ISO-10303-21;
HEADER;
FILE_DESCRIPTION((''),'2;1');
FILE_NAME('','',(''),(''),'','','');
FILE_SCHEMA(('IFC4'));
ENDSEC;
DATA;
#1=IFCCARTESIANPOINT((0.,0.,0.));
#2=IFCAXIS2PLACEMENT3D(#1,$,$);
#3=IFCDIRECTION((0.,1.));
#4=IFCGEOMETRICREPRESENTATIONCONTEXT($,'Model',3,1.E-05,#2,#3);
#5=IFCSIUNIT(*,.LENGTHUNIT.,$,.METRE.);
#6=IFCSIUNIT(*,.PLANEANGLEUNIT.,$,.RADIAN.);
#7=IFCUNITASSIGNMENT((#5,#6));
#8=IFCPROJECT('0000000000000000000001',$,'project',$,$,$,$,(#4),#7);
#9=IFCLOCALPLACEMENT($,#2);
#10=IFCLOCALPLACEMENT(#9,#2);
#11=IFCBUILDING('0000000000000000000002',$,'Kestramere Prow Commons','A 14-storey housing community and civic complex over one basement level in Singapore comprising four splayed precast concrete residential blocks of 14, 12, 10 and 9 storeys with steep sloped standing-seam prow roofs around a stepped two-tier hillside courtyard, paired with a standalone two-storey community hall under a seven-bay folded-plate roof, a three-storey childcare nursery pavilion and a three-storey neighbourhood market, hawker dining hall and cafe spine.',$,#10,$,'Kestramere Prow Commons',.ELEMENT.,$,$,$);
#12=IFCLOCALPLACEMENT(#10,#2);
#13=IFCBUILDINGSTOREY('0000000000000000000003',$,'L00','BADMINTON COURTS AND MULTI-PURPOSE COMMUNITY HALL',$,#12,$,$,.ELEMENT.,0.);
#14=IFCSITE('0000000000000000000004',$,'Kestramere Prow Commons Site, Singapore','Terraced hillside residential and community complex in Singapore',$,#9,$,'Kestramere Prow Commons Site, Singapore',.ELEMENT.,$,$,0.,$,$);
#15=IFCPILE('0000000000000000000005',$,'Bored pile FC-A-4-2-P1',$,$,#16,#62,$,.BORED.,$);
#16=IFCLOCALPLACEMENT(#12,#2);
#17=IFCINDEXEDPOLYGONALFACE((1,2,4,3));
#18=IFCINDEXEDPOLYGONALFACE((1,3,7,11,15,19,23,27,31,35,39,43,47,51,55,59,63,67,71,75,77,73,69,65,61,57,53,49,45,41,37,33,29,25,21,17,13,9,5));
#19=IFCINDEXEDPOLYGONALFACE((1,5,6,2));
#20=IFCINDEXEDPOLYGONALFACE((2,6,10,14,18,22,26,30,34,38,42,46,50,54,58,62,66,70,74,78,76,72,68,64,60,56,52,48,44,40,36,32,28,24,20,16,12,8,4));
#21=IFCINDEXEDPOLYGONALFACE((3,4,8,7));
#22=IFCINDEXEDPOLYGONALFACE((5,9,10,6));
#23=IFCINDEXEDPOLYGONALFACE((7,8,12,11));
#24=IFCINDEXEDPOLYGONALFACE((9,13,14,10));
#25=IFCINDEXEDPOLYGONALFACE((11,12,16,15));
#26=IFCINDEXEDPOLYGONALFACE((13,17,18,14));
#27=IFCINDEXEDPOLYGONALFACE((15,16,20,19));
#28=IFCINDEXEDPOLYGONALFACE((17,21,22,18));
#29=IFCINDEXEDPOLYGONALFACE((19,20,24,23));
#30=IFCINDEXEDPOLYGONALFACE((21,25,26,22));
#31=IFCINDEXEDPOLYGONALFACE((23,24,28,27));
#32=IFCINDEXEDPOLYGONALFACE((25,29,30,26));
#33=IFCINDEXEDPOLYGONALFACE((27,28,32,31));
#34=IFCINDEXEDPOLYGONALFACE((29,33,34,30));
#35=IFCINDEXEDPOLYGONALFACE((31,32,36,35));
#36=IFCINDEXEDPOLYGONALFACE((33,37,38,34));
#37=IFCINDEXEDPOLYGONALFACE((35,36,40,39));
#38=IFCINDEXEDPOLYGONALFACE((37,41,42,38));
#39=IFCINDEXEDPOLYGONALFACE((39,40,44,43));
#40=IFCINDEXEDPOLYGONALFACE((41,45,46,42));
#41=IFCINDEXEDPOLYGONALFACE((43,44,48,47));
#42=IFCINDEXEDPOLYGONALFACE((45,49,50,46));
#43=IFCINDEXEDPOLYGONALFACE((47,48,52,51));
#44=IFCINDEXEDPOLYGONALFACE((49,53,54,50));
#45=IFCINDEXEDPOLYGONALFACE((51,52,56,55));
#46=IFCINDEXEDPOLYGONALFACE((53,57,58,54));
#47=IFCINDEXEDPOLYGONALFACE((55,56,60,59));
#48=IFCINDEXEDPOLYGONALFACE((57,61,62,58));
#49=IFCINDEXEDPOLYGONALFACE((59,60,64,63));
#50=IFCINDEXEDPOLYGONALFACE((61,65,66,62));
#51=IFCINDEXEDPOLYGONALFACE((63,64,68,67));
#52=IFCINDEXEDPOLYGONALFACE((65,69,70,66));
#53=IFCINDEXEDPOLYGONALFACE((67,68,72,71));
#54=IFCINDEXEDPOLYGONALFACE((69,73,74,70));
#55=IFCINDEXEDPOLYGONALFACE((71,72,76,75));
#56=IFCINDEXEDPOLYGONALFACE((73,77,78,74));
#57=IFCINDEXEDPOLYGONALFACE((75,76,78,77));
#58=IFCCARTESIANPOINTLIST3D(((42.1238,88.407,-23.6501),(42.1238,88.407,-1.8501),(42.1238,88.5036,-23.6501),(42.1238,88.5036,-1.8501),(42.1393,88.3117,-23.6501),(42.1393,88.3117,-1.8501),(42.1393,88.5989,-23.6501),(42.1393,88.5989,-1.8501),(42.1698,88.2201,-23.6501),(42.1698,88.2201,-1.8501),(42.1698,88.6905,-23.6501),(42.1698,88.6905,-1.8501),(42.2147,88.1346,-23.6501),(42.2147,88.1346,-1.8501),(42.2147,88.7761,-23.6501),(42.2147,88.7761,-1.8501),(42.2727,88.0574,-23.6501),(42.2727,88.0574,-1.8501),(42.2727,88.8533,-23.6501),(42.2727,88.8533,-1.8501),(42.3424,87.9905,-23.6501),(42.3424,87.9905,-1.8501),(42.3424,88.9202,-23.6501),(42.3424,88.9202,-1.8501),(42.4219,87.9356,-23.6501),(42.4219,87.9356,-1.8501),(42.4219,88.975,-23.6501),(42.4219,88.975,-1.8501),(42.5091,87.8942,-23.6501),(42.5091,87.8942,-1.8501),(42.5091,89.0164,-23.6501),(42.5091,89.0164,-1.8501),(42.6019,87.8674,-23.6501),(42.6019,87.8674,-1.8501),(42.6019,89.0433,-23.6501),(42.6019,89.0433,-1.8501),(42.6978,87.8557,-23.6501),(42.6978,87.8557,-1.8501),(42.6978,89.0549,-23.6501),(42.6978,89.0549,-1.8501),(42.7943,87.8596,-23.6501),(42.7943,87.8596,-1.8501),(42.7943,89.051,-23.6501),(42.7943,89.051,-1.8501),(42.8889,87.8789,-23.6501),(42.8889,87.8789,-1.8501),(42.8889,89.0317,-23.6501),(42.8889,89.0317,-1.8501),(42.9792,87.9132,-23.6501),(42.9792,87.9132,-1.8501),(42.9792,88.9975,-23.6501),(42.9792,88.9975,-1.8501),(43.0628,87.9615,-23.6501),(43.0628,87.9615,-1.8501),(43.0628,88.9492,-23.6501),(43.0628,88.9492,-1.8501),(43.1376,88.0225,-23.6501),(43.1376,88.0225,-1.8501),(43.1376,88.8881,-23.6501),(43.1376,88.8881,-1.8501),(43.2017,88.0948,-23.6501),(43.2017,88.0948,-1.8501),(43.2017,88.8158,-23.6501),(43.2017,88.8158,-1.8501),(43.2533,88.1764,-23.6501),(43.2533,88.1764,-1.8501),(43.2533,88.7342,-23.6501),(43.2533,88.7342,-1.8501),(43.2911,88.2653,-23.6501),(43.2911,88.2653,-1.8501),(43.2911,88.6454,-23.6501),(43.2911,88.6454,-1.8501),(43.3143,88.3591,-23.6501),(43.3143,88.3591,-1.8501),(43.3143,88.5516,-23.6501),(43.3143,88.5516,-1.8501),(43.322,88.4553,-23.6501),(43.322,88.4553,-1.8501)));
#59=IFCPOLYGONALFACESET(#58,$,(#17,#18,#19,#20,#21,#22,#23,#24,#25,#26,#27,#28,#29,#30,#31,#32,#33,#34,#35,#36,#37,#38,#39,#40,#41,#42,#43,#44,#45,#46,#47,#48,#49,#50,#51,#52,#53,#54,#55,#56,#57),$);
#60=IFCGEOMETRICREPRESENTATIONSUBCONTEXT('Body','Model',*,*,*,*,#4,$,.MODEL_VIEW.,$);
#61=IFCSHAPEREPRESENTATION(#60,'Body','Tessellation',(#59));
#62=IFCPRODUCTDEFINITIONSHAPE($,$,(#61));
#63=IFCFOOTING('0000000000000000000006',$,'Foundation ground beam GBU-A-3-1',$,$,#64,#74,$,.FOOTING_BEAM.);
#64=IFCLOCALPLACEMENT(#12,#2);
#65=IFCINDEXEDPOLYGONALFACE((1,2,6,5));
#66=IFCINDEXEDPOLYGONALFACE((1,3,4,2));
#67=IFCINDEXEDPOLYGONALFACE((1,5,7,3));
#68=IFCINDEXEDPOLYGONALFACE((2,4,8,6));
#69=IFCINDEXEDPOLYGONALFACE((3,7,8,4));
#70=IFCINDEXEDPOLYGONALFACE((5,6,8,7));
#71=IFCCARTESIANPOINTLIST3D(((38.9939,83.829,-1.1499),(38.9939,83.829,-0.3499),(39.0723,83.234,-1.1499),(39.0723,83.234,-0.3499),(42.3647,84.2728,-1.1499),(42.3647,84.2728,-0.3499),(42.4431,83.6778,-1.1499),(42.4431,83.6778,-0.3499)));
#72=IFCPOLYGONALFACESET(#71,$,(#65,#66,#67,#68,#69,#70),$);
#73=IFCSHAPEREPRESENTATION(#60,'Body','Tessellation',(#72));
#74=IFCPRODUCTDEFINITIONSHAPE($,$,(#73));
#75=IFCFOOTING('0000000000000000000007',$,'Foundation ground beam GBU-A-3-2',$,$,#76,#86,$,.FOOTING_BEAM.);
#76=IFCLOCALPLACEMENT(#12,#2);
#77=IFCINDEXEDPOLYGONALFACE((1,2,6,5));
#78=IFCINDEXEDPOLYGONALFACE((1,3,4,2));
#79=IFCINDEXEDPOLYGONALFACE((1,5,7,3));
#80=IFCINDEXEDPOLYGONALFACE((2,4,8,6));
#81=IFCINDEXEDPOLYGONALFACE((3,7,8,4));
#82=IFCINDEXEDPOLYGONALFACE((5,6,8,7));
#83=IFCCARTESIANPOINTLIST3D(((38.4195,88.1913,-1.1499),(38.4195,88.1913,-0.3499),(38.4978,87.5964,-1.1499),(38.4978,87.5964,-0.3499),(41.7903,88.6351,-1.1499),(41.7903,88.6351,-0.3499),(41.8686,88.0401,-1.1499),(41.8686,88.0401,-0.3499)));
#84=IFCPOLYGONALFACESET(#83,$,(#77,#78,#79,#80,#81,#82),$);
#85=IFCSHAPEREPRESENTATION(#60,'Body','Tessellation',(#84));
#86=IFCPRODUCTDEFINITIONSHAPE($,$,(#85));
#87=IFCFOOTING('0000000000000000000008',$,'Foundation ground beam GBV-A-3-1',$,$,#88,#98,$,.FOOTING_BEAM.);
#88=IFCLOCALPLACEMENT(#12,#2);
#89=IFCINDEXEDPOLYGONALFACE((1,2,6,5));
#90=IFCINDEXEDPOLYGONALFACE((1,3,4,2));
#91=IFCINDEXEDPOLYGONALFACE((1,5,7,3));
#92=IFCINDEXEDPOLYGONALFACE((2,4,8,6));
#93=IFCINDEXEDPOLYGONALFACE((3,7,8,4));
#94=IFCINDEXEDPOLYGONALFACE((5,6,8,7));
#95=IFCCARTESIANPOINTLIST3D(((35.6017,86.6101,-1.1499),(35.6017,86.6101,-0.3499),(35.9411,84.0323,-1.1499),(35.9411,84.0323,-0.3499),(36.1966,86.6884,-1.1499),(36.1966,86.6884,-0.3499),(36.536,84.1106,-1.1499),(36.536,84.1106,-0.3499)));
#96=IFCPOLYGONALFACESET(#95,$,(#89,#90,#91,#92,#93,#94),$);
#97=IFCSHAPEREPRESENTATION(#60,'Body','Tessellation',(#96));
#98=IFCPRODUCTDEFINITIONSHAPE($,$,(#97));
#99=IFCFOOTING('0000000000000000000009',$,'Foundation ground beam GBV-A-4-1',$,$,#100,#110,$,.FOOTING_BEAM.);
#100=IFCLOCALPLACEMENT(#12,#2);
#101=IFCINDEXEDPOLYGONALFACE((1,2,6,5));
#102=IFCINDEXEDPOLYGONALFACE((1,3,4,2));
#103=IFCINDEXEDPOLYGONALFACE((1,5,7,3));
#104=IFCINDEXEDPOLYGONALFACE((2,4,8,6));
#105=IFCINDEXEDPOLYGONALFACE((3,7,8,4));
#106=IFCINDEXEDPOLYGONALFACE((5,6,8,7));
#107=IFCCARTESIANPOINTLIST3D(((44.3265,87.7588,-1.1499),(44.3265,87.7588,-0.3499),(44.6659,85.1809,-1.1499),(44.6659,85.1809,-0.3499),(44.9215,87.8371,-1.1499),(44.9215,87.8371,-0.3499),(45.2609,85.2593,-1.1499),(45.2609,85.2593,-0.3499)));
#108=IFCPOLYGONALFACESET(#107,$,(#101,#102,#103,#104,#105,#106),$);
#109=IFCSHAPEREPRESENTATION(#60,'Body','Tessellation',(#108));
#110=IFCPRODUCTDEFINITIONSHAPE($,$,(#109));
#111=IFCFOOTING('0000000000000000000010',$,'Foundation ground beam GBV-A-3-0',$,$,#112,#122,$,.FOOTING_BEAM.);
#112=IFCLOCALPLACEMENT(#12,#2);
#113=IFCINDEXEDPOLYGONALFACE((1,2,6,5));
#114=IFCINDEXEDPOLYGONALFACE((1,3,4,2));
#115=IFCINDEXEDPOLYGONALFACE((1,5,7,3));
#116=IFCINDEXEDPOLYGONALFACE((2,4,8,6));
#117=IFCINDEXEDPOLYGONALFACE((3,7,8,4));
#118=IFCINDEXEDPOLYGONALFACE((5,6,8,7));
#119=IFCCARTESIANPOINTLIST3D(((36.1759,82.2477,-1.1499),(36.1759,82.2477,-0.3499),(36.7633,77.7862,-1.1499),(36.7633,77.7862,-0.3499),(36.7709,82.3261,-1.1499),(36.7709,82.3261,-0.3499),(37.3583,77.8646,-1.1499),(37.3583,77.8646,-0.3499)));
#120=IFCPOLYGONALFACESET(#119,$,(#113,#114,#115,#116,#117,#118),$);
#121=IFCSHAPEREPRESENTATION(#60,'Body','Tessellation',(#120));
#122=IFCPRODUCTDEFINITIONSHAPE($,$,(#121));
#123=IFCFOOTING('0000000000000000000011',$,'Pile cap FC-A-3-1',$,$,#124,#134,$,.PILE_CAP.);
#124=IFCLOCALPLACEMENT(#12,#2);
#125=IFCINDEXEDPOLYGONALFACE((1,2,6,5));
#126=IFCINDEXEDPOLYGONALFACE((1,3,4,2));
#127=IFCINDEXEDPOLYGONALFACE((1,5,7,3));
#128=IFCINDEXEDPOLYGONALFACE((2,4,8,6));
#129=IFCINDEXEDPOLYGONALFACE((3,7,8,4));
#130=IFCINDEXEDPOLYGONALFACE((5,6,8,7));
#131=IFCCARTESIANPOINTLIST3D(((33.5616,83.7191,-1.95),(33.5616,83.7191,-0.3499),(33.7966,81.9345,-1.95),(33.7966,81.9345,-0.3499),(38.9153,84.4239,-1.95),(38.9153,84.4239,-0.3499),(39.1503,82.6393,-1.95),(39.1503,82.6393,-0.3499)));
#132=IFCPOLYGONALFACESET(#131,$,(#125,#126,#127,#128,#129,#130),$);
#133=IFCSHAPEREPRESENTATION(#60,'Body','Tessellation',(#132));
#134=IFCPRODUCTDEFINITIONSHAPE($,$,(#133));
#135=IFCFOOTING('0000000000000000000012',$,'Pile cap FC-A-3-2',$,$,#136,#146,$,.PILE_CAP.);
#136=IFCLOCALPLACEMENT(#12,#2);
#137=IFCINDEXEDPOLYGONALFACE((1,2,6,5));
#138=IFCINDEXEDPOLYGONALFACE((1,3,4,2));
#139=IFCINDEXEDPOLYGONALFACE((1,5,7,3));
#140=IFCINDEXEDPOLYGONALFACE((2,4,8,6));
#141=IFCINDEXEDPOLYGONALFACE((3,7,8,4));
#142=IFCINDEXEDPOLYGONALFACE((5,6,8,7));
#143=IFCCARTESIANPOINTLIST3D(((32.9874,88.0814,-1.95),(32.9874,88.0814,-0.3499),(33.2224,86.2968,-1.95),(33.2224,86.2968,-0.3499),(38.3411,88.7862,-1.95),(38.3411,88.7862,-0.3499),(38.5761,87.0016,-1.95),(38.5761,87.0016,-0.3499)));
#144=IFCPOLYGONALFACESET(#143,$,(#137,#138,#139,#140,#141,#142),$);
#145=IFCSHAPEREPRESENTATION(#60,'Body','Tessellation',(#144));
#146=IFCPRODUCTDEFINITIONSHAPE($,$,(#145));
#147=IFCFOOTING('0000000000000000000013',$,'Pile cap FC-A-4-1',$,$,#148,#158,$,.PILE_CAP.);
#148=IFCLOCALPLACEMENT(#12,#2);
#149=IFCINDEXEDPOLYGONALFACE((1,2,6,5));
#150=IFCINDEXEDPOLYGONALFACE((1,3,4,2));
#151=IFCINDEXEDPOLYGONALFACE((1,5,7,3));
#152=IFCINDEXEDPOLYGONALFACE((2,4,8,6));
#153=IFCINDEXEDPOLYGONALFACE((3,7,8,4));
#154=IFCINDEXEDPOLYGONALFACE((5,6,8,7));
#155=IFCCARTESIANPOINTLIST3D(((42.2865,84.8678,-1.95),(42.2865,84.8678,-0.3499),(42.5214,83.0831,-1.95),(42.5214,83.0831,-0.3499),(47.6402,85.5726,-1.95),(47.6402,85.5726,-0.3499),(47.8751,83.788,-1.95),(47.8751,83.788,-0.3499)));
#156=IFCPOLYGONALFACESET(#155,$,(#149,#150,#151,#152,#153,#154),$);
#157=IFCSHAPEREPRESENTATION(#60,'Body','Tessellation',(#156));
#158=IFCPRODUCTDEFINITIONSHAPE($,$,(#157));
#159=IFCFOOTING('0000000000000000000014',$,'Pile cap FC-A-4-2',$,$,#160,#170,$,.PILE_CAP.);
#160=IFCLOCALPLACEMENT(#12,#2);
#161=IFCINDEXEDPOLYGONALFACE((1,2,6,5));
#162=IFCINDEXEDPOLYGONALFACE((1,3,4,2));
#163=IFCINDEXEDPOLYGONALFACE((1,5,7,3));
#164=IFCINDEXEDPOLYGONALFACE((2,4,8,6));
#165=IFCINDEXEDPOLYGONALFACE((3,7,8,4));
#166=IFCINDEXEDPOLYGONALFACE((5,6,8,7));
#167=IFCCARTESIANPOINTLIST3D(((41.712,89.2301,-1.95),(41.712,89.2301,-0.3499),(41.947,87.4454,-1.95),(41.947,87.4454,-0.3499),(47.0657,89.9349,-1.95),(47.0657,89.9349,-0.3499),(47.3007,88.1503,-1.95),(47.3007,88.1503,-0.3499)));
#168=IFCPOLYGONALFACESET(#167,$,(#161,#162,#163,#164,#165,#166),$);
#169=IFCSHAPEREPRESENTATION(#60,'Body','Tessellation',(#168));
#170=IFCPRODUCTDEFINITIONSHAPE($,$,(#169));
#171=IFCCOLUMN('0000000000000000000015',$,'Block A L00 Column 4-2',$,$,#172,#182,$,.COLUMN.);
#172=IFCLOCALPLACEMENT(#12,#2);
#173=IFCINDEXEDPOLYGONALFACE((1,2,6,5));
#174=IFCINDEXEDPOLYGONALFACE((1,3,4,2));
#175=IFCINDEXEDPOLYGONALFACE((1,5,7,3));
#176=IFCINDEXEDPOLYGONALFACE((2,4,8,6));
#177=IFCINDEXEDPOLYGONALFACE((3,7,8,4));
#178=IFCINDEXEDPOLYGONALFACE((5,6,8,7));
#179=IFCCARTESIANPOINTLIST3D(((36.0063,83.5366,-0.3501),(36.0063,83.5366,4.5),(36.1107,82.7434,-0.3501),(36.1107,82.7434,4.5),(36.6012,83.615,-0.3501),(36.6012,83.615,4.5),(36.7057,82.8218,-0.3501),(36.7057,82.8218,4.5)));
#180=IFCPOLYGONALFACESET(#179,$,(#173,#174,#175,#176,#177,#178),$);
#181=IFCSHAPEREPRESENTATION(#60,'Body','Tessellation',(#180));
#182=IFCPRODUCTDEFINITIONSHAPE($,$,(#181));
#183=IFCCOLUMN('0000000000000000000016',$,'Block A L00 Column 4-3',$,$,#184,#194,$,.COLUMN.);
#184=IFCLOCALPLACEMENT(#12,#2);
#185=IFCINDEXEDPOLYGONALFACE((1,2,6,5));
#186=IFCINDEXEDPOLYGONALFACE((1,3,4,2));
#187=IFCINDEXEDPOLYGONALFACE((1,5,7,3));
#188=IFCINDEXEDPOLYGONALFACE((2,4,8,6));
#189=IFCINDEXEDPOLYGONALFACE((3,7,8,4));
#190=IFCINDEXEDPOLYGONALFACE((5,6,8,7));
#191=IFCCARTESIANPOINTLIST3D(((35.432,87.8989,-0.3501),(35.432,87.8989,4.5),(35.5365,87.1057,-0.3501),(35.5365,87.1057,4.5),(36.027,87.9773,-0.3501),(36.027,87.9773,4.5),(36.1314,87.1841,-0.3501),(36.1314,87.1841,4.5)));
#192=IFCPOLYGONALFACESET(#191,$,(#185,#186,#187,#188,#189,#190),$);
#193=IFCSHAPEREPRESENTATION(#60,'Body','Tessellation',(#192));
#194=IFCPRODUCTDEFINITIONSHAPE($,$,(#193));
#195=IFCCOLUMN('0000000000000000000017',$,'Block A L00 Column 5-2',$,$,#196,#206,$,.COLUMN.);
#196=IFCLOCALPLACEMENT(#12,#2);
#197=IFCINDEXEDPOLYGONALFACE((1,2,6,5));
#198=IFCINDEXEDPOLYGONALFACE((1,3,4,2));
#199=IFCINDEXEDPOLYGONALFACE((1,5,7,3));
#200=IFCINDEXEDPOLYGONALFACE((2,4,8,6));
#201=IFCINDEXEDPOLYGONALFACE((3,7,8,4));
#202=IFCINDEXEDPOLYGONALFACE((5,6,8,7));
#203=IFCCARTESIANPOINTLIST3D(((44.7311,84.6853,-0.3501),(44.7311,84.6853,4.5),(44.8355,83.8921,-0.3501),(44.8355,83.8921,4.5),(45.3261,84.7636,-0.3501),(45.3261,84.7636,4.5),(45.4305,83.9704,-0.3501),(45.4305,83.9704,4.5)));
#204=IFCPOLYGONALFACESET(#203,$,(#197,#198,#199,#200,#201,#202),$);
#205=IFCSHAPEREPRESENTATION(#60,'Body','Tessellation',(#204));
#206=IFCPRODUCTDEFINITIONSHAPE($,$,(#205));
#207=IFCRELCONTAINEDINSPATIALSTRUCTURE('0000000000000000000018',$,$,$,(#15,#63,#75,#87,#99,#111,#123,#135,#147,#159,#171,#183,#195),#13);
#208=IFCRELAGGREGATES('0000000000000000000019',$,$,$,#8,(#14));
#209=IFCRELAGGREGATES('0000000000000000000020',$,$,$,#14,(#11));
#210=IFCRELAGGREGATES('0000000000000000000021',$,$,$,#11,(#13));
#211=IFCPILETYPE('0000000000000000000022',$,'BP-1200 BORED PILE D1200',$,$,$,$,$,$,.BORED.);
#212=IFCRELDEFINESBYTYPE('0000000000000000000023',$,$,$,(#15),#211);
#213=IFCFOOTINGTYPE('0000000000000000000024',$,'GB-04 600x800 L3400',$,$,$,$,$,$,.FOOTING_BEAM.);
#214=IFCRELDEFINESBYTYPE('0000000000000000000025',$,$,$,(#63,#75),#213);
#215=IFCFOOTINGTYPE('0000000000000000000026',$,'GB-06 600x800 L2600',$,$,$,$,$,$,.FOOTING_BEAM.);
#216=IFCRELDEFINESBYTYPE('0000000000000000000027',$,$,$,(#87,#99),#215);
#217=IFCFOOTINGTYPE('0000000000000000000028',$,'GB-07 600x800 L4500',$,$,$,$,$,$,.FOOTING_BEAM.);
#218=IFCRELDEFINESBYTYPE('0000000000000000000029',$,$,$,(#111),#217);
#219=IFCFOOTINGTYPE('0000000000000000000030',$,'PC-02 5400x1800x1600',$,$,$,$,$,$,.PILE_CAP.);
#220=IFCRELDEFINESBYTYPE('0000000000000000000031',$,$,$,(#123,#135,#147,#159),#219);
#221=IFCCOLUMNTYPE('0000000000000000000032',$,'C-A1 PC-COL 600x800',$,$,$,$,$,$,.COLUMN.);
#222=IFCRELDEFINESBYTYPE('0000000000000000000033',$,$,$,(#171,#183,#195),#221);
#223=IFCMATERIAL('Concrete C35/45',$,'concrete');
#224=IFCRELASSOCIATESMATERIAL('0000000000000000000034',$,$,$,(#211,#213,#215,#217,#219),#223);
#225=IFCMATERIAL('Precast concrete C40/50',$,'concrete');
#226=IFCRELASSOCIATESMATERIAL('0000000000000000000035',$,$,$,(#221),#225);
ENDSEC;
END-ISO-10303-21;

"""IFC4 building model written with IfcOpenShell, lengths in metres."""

from ifc_helpers import new_model, si_unit, direction, frame, origin, origin_2d, place, context, subcontext, project, spatial, rectangle, circle, extrude, material, material_profile, profile_set, type_object, element, save


model = new_model("IFC4")

# Units and contexts
model_context = context("Model", 3, precision=1e-05, world=origin(), true_north=direction((0.0, 1.0)))
body_context = subcontext(model_context, "Body", "Model", "MODEL_VIEW")
ifc_project = project(units=[si_unit("LENGTHUNIT", "METRE"), si_unit("PLANEANGLEUNIT", "RADIAN")], contexts=[model_context])

# Site, building, storey
site_placement = place(None, origin())
site = spatial("IfcSite", under=ifc_project, at=site_placement, Name="Kestramere Prow Commons Site, Singapore", Description="Terraced hillside residential and community complex in Singapore", LongName="Kestramere Prow Commons Site, Singapore", CompositionType="ELEMENT", RefElevation=0.0)
building_placement = place(site_placement, origin())
building = spatial("IfcBuilding", under=site, at=building_placement, Name="Kestramere Prow Commons", Description="A 14-storey housing community and civic complex over one basement level in Singapore comprising four splayed precast concrete residential blocks of 14, 12, 10 and 9 storeys with steep sloped standing-seam prow roofs around a stepped two-tier hillside courtyard, paired with a standalone two-storey community hall under a seven-bay folded-plate roof, a three-storey childcare nursery pavilion and a three-storey neighbourhood market, hawker dining hall and cafe spine.", LongName="Kestramere Prow Commons", CompositionType="ELEMENT")
storey_placement = place(building_placement, origin())
storey = spatial("IfcBuildingStorey", under=building, at=storey_placement, Name="L00", Description="BADMINTON COURTS AND MULTI-PURPOSE COMMUNITY HALL", CompositionType="ELEMENT", Elevation=0.0)

# Pile
ifc_material_1 = material(Name="Concrete C35/45", Category="concrete")
ifc_material_profile_1 = material_profile(ifc_material_1, circle(Radius=0.6001, at=origin_2d()), Name="BORED PILE D1200")
ifc_profile_set_1 = profile_set([ifc_material_profile_1], Name="Concrete C35/45")
pile_type = type_object("IfcPileType", Name="BP-1200 BORED PILE D1200", PredefinedType="BORED", material=ifc_profile_set_1)
for number, where, z_axis, x_axis, name in (
    (1, (42.7219, 88.4553, -1.8501), (0.0, 0.0, -1.0), (1.0, 0.0, 0.0), "Bored pile FC-A-4-2-P1"),
):
    element("IfcPile", number, at=place(storey_placement, frame(where, z_axis=z_axis, x_axis=x_axis)), inside=storey, type_object=pile_type, Name=name, PredefinedType="BORED", context=body_context, shape_type="SweptSolid", body=[
        extrude(circle(Radius=0.6001, at=origin_2d()), origin(), (0.0, 0.0, 1.0), 21.8),
    ])

# Footings
footing_type_1 = type_object("IfcFootingType", Name="GB-04 600x800 L3400", PredefinedType="FOOTING_BEAM", material=ifc_material_1)
for number, where, z_axis, x_axis, name in (
    (2, (40.7185, 83.7534, -1.1499), (0.0, 0.0, 1.0), (0.991445, 0.130526, 0.0), "Foundation ground beam GBU-A-3-1"),
    (3, (40.144, 88.1157, -1.1499), (0.0, 0.0, 1.0), (0.991445, 0.130526, 0.0), "Foundation ground beam GBU-A-3-2"),
):
    element("IfcFooting", number, at=place(storey_placement, frame(where, z_axis=z_axis, x_axis=x_axis)), inside=storey, type_object=footing_type_1, Name=name, PredefinedType="FOOTING_BEAM", context=body_context, shape_type="SweptSolid", body=[
        extrude(rectangle(XDim=3.3999, YDim=0.6001, at=origin_2d()), origin(), (0.0, 0.0, 1.0), 0.8),
    ])
footing_type_2 = type_object("IfcFootingType", Name="GB-06 600x800 L2600", PredefinedType="FOOTING_BEAM", material=ifc_material_1)
for number, where, z_axis, x_axis, name in (
    (4, (36.0688, 85.3604, -1.1499), (0.0, 0.0, 1.0), (-0.130526, 0.991445, 0.0), "Foundation ground beam GBV-A-3-1"),
    (5, (44.7937, 86.509, -1.1499), (0.0, 0.0, 1.0), (-0.130526, 0.991445, 0.0), "Foundation ground beam GBV-A-4-1"),
):
    element("IfcFooting", number, at=place(storey_placement, frame(where, z_axis=z_axis, x_axis=x_axis)), inside=storey, type_object=footing_type_2, Name=name, PredefinedType="FOOTING_BEAM", context=body_context, shape_type="SweptSolid", body=[
        extrude(rectangle(XDim=2.6001, YDim=0.6001, at=origin_2d()), origin(), (0.0, 0.0, 1.0), 0.8),
    ])
footing_type_3 = type_object("IfcFootingType", Name="GB-07 600x800 L4500", PredefinedType="FOOTING_BEAM", material=ifc_material_1)
footing_placement = place(storey_placement, frame((36.7671, 80.0562, -1.1499), z_axis=(0.0, 0.0, 1.0), x_axis=(-0.130526, 0.991445, 0.0)))
element("IfcFooting", 6, at=footing_placement, inside=storey, type_object=footing_type_3, Name="Foundation ground beam GBV-A-3-0", PredefinedType="FOOTING_BEAM", context=body_context, shape_type="SweptSolid", body=[
    extrude(rectangle(XDim=4.5, YDim=0.6001, at=origin_2d()), origin(), (0.0, 0.0, 1.0), 0.8),
])
footing_type_4 = type_object("IfcFootingType", Name="PC-02 5400x1800x1600", PredefinedType="PILE_CAP", material=ifc_material_1)
for number, where, z_axis, x_axis, name in (
    (7, (36.356, 83.1792, -1.95), (0.0, 0.0, 1.0), (0.991445, 0.130526, 0.0), "Pile cap FC-A-3-1"),
    (8, (35.7817, 87.5415, -1.95), (0.0, 0.0, 1.0), (0.991445, 0.130526, 0.0), "Pile cap FC-A-3-2"),
    (9, (45.0808, 84.3279, -1.95), (0.0, 0.0, 1.0), (0.991445, 0.130526, 0.0), "Pile cap FC-A-4-1"),
    (10, (44.5063, 88.6902, -1.95), (0.0, 0.0, 1.0), (0.991445, 0.130526, 0.0), "Pile cap FC-A-4-2"),
):
    element("IfcFooting", number, at=place(storey_placement, frame(where, z_axis=z_axis, x_axis=x_axis)), inside=storey, type_object=footing_type_4, Name=name, PredefinedType="PILE_CAP", context=body_context, shape_type="SweptSolid", body=[
        extrude(rectangle(XDim=5.3999, YDim=1.8, at=origin_2d()), origin(), (0.0, 0.0, 1.0), 1.6001),
    ])

# Columns
ifc_material_2 = material(Name="Precast concrete C40/50", Category="concrete")
ifc_material_profile_2 = material_profile(ifc_material_2, rectangle(XDim=0.6001, YDim=0.8, at=origin_2d()), Name="PC-COL 600x800")
ifc_profile_set_2 = profile_set([ifc_material_profile_2], Name="Precast concrete C40/50")
column_type = type_object("IfcColumnType", Name="C-A1 PC-COL 600x800", PredefinedType="COLUMN", material=ifc_profile_set_2)
for number, where, z_axis, x_axis, name in (
    (11, (36.356, 83.1792, -0.3501), (0.0, 0.0, 1.0), (0.991445, 0.130526, 0.0), "Block A L00 Column 4-2"),
    (12, (35.7817, 87.5415, -0.3501), (0.0, 0.0, 1.0), (0.991445, 0.130526, 0.0), "Block A L00 Column 4-3"),
    (13, (45.0808, 84.3279, -0.3501), (0.0, 0.0, 1.0), (0.991445, 0.130526, 0.0), "Block A L00 Column 5-2"),
):
    element("IfcColumn", number, at=place(storey_placement, frame(where, z_axis=z_axis, x_axis=x_axis)), inside=storey, type_object=column_type, Name=name, PredefinedType="COLUMN", context=body_context, shape_type="SweptSolid", body=[
        extrude(rectangle(XDim=0.6001, YDim=0.8, at=origin_2d()), origin(), (0.0, 0.0, 1.0), 4.8501),
    ])

save(model, "model.ifc")
